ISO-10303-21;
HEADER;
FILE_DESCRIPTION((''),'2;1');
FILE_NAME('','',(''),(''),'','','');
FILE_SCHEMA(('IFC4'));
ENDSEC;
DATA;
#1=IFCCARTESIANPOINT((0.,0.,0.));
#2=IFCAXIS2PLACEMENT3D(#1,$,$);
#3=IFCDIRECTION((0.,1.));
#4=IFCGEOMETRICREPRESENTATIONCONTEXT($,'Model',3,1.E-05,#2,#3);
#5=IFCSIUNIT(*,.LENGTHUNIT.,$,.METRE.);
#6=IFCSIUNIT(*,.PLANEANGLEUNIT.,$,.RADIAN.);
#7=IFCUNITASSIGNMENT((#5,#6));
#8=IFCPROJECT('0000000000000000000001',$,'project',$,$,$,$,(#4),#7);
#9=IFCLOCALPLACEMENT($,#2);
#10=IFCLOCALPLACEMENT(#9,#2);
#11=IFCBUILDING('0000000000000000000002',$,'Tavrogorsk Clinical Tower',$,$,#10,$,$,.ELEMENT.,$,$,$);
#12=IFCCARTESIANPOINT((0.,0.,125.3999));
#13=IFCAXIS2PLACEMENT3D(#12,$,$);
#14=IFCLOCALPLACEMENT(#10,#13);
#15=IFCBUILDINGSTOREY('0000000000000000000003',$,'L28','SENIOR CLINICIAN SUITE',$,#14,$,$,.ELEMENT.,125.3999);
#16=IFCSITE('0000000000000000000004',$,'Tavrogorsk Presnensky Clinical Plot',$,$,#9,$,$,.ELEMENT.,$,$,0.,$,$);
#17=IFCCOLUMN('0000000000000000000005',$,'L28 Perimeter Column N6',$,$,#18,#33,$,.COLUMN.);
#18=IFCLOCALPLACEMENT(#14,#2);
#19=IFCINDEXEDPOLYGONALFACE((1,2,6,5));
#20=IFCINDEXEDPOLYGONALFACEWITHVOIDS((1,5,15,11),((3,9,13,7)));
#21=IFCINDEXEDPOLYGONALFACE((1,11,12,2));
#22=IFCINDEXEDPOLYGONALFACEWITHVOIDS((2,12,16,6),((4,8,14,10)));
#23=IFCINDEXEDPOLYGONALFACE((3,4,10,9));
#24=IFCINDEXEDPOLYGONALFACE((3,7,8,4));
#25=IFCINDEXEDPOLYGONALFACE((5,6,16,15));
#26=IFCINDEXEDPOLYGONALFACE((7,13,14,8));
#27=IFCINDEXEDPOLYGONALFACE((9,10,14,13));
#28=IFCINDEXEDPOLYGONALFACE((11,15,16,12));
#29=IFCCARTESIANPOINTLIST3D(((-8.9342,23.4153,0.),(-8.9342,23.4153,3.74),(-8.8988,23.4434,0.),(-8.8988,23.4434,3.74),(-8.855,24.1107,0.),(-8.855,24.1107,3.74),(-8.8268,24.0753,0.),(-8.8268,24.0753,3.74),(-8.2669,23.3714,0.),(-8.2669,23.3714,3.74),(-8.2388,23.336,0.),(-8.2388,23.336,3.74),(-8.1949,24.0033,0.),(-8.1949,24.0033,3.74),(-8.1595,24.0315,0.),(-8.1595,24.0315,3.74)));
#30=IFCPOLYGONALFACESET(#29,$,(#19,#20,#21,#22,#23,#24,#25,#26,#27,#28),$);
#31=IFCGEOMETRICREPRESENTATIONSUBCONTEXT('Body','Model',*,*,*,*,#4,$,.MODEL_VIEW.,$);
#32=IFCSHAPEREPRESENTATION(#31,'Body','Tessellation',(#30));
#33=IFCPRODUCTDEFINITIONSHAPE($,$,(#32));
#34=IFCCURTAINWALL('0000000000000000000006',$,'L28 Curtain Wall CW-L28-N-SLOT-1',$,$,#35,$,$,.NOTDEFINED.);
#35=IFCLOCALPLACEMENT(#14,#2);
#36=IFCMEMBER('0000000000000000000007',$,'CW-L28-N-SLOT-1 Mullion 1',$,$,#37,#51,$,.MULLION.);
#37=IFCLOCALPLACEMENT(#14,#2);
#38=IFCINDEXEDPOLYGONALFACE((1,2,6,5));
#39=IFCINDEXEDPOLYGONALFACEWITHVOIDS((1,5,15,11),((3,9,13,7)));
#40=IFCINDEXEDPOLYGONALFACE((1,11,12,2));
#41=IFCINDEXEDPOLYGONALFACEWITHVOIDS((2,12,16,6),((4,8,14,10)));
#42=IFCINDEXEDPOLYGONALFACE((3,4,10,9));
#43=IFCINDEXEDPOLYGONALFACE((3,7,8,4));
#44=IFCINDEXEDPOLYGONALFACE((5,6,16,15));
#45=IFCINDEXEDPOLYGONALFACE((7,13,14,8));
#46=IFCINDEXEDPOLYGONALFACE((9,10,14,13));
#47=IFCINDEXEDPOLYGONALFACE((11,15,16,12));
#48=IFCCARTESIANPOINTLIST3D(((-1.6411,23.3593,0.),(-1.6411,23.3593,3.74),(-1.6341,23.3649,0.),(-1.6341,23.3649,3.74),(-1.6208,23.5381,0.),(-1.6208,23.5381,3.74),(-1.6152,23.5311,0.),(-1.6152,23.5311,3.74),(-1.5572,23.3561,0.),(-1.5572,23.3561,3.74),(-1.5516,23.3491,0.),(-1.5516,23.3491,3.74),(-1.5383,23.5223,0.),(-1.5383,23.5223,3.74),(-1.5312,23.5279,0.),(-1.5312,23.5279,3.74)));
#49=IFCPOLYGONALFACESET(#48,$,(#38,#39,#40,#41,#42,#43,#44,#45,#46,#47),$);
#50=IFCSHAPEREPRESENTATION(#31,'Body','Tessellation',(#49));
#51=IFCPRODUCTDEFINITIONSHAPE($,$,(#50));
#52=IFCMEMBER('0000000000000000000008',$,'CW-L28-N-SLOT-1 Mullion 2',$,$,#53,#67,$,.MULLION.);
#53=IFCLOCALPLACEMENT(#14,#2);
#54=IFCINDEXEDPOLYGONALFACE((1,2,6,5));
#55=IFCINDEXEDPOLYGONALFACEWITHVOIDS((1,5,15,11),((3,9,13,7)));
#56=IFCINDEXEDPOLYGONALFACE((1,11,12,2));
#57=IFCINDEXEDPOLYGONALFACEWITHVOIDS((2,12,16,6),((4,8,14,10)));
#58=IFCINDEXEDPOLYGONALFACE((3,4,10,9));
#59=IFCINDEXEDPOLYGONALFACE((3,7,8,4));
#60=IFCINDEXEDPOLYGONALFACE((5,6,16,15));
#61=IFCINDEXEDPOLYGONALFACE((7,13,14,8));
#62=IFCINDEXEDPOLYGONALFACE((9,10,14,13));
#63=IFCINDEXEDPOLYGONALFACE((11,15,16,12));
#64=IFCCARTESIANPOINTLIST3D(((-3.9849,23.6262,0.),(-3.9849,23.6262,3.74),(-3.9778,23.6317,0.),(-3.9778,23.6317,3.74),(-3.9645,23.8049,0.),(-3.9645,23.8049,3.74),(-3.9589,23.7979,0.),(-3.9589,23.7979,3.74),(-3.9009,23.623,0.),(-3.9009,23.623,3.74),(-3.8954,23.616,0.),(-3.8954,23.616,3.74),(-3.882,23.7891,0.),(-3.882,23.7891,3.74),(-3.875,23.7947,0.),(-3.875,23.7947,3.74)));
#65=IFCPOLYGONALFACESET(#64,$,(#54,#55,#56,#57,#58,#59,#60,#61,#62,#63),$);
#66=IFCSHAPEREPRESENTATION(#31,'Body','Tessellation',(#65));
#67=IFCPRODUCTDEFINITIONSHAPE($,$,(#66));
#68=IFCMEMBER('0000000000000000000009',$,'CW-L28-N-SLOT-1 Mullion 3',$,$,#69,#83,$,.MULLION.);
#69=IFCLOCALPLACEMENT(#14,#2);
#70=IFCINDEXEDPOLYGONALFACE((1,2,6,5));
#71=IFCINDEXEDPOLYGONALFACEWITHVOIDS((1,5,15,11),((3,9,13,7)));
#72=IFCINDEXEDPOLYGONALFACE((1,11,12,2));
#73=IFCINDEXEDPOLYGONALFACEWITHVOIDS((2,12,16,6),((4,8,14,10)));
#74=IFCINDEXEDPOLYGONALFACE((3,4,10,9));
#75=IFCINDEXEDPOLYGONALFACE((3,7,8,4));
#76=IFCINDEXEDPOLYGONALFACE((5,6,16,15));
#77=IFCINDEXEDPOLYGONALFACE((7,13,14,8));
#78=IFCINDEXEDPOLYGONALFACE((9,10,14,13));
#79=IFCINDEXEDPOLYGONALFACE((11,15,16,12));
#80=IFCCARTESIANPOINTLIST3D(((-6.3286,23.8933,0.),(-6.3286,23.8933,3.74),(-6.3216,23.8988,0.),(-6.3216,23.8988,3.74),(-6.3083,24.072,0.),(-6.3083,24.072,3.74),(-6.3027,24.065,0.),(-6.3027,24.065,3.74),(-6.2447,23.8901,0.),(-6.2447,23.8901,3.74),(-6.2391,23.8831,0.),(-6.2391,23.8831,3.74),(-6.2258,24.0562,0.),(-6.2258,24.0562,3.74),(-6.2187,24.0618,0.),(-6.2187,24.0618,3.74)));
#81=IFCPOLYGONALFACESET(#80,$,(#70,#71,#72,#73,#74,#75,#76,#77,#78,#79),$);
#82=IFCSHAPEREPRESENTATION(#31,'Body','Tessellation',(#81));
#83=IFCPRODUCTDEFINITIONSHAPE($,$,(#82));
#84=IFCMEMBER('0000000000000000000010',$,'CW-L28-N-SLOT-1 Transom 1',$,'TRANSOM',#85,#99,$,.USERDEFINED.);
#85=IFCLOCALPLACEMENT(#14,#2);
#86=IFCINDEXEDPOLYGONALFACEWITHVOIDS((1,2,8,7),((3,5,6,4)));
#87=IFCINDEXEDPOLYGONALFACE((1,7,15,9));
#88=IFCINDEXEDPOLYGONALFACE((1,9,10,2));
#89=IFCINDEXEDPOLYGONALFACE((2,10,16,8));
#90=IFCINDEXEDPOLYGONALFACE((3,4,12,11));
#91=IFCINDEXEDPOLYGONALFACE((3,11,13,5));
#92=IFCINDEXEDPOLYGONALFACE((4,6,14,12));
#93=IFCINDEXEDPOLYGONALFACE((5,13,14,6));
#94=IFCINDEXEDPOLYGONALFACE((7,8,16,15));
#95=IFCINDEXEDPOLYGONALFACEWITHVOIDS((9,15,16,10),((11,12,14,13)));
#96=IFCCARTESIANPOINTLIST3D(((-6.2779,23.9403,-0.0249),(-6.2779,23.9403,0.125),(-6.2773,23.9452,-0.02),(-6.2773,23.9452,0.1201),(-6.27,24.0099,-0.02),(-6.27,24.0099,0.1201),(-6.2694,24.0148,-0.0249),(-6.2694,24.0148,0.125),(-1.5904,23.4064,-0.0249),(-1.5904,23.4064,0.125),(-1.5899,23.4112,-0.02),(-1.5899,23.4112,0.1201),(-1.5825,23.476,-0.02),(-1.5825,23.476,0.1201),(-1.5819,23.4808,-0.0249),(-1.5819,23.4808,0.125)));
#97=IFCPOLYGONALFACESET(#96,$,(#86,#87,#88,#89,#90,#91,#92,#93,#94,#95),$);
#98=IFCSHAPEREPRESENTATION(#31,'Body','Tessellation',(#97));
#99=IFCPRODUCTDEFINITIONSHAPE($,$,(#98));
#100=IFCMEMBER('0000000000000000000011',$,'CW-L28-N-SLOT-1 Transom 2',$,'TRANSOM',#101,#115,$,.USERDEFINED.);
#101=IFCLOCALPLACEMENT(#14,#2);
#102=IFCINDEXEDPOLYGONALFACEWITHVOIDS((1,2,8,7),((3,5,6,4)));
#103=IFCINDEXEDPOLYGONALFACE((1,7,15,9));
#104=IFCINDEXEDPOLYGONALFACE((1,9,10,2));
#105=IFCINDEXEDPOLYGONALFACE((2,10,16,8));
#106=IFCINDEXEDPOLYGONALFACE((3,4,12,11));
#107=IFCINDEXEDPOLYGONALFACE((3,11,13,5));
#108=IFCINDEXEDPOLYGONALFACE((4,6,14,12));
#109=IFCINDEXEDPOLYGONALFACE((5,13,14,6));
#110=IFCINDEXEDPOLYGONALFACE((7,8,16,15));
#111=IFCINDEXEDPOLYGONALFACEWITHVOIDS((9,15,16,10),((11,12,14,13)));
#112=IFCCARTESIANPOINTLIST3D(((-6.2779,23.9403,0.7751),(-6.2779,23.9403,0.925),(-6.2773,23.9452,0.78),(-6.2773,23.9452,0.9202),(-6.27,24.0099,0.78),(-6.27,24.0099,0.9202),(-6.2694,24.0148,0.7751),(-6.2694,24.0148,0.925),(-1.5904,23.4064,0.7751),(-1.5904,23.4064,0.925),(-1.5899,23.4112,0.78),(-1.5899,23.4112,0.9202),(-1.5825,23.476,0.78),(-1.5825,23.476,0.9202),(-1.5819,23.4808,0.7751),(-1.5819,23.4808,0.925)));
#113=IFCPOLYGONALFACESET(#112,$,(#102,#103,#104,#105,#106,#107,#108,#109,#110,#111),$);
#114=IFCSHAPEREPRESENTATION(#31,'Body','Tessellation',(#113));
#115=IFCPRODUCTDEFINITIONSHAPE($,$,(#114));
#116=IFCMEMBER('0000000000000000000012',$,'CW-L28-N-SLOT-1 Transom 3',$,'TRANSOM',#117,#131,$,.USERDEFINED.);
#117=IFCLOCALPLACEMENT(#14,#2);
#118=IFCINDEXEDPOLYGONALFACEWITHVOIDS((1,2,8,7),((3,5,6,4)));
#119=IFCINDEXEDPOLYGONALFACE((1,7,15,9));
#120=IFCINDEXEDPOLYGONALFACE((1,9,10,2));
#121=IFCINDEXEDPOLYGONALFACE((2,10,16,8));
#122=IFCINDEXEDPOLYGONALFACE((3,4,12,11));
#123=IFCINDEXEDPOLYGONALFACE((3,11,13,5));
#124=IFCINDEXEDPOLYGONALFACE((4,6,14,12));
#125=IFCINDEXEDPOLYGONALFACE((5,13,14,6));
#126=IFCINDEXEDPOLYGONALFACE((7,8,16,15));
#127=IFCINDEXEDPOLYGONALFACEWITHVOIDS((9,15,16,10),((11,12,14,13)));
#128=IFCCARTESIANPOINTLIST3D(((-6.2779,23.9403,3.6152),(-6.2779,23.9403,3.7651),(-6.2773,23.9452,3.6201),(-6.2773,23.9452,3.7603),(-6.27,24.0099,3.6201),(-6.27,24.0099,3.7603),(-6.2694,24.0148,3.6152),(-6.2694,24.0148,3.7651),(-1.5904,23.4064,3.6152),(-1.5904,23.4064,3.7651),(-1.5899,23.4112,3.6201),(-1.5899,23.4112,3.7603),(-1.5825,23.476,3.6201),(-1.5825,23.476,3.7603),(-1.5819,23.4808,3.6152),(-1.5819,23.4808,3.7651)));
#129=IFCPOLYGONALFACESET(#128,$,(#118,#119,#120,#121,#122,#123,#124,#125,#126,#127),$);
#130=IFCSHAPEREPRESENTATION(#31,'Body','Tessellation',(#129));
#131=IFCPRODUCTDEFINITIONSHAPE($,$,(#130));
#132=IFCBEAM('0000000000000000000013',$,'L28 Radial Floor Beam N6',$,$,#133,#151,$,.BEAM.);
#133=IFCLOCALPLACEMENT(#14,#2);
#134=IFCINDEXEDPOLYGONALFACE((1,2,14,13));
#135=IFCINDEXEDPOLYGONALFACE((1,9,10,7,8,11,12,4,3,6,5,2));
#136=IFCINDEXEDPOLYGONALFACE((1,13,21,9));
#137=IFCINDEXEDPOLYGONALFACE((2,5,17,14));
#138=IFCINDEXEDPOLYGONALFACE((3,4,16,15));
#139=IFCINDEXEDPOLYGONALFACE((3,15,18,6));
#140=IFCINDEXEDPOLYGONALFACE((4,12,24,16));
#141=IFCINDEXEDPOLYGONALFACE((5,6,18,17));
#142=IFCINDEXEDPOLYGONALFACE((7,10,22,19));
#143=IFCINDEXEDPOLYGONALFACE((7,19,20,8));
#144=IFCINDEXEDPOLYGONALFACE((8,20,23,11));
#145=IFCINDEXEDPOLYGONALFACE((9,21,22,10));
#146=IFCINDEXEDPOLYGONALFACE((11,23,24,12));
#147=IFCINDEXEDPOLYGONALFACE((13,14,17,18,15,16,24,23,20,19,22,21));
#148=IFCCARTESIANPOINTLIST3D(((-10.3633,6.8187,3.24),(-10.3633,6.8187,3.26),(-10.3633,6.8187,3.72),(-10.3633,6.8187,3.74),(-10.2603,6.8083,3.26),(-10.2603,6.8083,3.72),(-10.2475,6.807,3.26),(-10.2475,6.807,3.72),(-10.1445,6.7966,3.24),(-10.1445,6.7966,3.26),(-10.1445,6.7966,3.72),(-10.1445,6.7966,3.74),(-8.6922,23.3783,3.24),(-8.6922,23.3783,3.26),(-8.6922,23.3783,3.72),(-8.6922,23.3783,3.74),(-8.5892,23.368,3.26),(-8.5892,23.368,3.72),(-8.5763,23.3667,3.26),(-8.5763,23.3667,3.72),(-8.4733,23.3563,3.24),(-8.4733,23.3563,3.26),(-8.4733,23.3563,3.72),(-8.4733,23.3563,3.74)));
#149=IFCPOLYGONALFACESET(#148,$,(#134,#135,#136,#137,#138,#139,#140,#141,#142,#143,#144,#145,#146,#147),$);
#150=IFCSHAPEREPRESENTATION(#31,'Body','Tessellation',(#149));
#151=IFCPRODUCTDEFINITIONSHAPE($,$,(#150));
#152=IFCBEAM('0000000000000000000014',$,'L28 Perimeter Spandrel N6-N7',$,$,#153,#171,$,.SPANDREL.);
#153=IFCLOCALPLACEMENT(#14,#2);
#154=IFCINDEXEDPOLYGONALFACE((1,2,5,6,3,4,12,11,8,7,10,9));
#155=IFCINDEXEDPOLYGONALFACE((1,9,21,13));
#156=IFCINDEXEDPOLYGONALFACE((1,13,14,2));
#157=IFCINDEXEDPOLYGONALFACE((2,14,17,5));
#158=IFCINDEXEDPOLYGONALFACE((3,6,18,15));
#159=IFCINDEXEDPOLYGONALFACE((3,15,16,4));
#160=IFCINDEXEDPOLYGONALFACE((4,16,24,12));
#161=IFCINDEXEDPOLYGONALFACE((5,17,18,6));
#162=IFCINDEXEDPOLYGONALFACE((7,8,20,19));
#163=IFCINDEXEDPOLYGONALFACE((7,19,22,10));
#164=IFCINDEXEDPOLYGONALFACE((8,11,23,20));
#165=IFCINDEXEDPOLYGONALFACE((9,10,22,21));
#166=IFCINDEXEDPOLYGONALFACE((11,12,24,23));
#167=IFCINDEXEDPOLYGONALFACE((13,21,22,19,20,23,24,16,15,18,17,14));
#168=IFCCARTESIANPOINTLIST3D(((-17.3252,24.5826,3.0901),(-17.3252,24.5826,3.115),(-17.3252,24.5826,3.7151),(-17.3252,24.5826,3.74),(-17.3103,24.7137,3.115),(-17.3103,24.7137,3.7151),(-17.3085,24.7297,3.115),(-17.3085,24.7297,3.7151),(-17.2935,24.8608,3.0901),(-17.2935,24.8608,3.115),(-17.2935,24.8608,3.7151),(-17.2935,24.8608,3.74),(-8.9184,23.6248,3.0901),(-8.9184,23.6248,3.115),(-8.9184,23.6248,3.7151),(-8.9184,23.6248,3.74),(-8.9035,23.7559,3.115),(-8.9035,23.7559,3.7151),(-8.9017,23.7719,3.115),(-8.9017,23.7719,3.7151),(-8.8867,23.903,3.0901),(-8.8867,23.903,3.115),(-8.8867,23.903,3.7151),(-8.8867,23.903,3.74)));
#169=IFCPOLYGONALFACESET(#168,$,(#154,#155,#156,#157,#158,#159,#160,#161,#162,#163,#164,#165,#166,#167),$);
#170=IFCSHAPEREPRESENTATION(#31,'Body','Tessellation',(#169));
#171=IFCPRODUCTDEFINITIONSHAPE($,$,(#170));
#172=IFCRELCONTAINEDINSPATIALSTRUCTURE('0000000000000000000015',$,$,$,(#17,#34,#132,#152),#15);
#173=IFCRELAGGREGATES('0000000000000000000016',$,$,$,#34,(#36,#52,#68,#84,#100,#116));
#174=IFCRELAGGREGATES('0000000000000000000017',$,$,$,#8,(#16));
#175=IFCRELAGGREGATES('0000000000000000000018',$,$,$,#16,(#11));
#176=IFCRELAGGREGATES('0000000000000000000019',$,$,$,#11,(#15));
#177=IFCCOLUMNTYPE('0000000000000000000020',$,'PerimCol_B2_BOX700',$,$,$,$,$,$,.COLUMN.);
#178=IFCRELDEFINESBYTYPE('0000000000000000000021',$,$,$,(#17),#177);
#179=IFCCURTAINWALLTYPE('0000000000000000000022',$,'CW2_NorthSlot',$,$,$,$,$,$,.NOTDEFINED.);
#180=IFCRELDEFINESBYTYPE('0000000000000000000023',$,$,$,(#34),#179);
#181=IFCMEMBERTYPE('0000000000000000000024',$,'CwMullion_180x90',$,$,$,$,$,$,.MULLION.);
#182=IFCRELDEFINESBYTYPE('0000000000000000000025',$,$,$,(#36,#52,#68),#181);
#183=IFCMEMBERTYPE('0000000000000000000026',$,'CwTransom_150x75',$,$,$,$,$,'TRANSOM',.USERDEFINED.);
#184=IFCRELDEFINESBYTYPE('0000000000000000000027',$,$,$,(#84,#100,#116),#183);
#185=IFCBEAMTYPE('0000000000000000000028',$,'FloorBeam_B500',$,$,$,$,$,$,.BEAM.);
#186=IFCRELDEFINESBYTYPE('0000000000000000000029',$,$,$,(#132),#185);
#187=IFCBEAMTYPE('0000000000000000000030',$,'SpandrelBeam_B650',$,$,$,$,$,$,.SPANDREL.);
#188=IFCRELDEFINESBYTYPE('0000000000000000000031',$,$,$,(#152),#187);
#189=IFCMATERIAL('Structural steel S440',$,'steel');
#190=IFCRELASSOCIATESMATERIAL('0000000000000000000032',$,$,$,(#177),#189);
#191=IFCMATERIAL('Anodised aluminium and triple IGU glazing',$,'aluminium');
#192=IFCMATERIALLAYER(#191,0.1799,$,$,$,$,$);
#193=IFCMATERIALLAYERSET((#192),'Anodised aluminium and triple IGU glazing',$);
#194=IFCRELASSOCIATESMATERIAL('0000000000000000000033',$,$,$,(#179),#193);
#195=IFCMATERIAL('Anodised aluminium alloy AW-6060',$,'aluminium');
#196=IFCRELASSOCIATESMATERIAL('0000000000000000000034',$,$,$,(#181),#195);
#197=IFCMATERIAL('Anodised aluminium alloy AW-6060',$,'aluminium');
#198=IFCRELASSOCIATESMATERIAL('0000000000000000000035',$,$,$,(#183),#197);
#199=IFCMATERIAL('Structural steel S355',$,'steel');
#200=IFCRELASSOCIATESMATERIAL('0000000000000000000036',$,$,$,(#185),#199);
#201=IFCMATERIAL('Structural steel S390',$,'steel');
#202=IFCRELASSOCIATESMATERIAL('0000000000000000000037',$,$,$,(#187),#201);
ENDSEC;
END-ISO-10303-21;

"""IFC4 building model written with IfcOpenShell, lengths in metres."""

from ifc_helpers import new_model, si_unit, direction, frame, origin, origin_2d, place, context, subcontext, project, spatial, hollow_rectangle, i_section, extrude, material, layer, layer_set, material_profile, profile_set, type_object, element, aggregate, save


model = new_model("IFC4")

# Units and contexts
model_context = context("Model", 3, precision=1e-05, world=origin(), true_north=direction((0.0, 1.0)))
body_context = subcontext(model_context, "Body", "Model", "MODEL_VIEW")
ifc_project = project(units=[si_unit("LENGTHUNIT", "METRE"), si_unit("PLANEANGLEUNIT", "RADIAN")], contexts=[model_context])

# Site, building, storey
site_placement = place(None, origin())
site = spatial("IfcSite", under=ifc_project, at=site_placement, Name="Tavrogorsk Presnensky Clinical Plot", CompositionType="ELEMENT", RefElevation=0.0)
building_placement = place(site_placement, origin())
building = spatial("IfcBuilding", under=site, at=building_placement, Name="Tavrogorsk Clinical Tower", CompositionType="ELEMENT")
storey_placement = place(building_placement, frame((0.0, 0.0, 125.3999)))
storey = spatial("IfcBuildingStorey", under=building, at=storey_placement, Name="L28", Description="SENIOR CLINICIAN SUITE", CompositionType="ELEMENT", Elevation=125.3999)

# Column
ifc_material_1 = material(Name="Structural steel S440", Category="steel")
ifc_material_profile_1 = material_profile(ifc_material_1, hollow_rectangle(XDim=0.7, YDim=0.7, WallThickness=0.032, at=origin_2d()), Name="BOX-700x700x32")
ifc_profile_set_1 = profile_set([ifc_material_profile_1], Name="Structural steel S440")
column_type = type_object("IfcColumnType", Name="PerimCol_B2_BOX700", PredefinedType="COLUMN", material=ifc_profile_set_1)
column_placement = place(storey_placement, frame((-8.5469, 23.7234, 0.0), z_axis=(0.0, 0.0, 1.0), x_axis=(0.993572, -0.113203, 0.0)))
element("IfcColumn", 1, at=column_placement, inside=storey, type_object=column_type, Name="L28 Perimeter Column N6", PredefinedType="COLUMN", context=body_context, shape_type="SweptSolid", body=[
    extrude(hollow_rectangle(XDim=0.7, YDim=0.7, WallThickness=0.032, at=origin_2d()), origin(), (0.0, 0.0, 1.0), 3.74),
])

# Curtain wall, members
ifc_material_2 = material(Name="Anodised aluminium and triple IGU glazing", Category="aluminium")
ifc_layer_1 = layer(ifc_material_2, 0.1799)
ifc_layer_set_1 = layer_set([ifc_layer_1], Name="Anodised aluminium and triple IGU glazing")
curtain_wall_type = type_object("IfcCurtainWallType", Name="CW2_NorthSlot", PredefinedType="NOTDEFINED", material=ifc_layer_set_1)
curtain_wall_placement = place(storey_placement, origin())
curtain_wall = element("IfcCurtainWall", 2, at=curtain_wall_placement, inside=storey, type_object=curtain_wall_type, Name="L28 Curtain Wall CW-L28-N-SLOT-1", PredefinedType="NOTDEFINED")
ifc_material_3 = material(Name="Anodised aluminium alloy AW-6060", Category="aluminium")
ifc_material_profile_2 = material_profile(ifc_material_3, hollow_rectangle(XDim=0.0901, YDim=0.1799, WallThickness=0.0063, at=origin_2d()), Name="RHS-180x90x6.3")
ifc_profile_set_2 = profile_set([ifc_material_profile_2], Name="Anodised aluminium alloy AW-6060")
member_type_1 = type_object("IfcMemberType", Name="CwMullion_180x90", PredefinedType="MULLION", material=ifc_profile_set_2)
member_1_placement = place(storey_placement, frame((-1.5862, 23.4436, 0.0), z_axis=(0.0, 0.0, 1.0), x_axis=(-0.993572, 0.113203, 0.0)))
member_1 = element("IfcMember", 3, at=member_1_placement, type_object=member_type_1, Name="CW-L28-N-SLOT-1 Mullion 1", PredefinedType="MULLION", context=body_context, shape_type="SweptSolid", body=[
    extrude(hollow_rectangle(XDim=0.0901, YDim=0.1799, WallThickness=0.0063, at=origin_2d()), origin(), (0.0, 0.0, 1.0), 3.74),
])
member_2_placement = place(storey_placement, frame((-3.9299, 23.7104, 0.0), z_axis=(0.0, 0.0, 1.0), x_axis=(-0.993572, 0.113203, 0.0)))
member_2 = element("IfcMember", 4, at=member_2_placement, type_object=member_type_1, Name="CW-L28-N-SLOT-1 Mullion 2", PredefinedType="MULLION", context=body_context, shape_type="SweptSolid", body=[
    extrude(hollow_rectangle(XDim=0.0901, YDim=0.1799, WallThickness=0.0063, at=origin_2d()), origin(), (0.0, 0.0, 1.0), 3.74),
])
member_3_placement = place(storey_placement, frame((-6.2737, 23.9775, 0.0), z_axis=(0.0, 0.0, 1.0), x_axis=(-0.993572, 0.113203, 0.0)))
member_3 = element("IfcMember", 5, at=member_3_placement, type_object=member_type_1, Name="CW-L28-N-SLOT-1 Mullion 3", PredefinedType="MULLION", context=body_context, shape_type="SweptSolid", body=[
    extrude(hollow_rectangle(XDim=0.0901, YDim=0.1799, WallThickness=0.0063, at=origin_2d()), origin(), (0.0, 0.0, 1.0), 3.74),
])
ifc_material_4 = material(Name="Anodised aluminium alloy AW-6060", Category="aluminium")
ifc_material_profile_3 = material_profile(ifc_material_4, hollow_rectangle(XDim=0.075, YDim=0.1499, WallThickness=0.0049, at=origin_2d()), Name="RHS-150x75x5")
ifc_profile_set_3 = profile_set([ifc_material_profile_3], Name="Anodised aluminium alloy AW-6060")
member_type_2 = type_object("IfcMemberType", Name="CwTransom_150x75", ElementType="TRANSOM", PredefinedType="USERDEFINED", material=ifc_profile_set_3)
member_4_placement = place(storey_placement, frame((-1.5862, 23.4436, 0.05), z_axis=(-0.993575, 0.113174, 0.0), x_axis=(-0.113174, -0.993575, 0.0)))
member_4 = element("IfcMember", 6, at=member_4_placement, type_object=member_type_2, Name="CW-L28-N-SLOT-1 Transom 1", ObjectType="TRANSOM", PredefinedType="USERDEFINED", context=body_context, shape_type="SweptSolid", body=[
    extrude(hollow_rectangle(XDim=0.075, YDim=0.1499, WallThickness=0.0049, at=origin_2d()), origin(), (0.0, 0.0, 1.0), 4.7178),
])
member_5_placement = place(storey_placement, frame((-1.5862, 23.4436, 0.8501), z_axis=(-0.993575, 0.113174, 0.0), x_axis=(-0.113174, -0.993575, 0.0)))
member_5 = element("IfcMember", 7, at=member_5_placement, type_object=member_type_2, Name="CW-L28-N-SLOT-1 Transom 2", ObjectType="TRANSOM", PredefinedType="USERDEFINED", context=body_context, shape_type="SweptSolid", body=[
    extrude(hollow_rectangle(XDim=0.075, YDim=0.1499, WallThickness=0.0049, at=origin_2d()), origin(), (0.0, 0.0, 1.0), 4.7178),
])
member_6_placement = place(storey_placement, frame((-1.5862, 23.4436, 3.6902), z_axis=(-0.993575, 0.113174, 0.0), x_axis=(-0.113174, -0.993575, 0.0)))
member_6 = element("IfcMember", 8, at=member_6_placement, type_object=member_type_2, Name="CW-L28-N-SLOT-1 Transom 3", ObjectType="TRANSOM", PredefinedType="USERDEFINED", context=body_context, shape_type="SweptSolid", body=[
    extrude(hollow_rectangle(XDim=0.075, YDim=0.1499, WallThickness=0.0049, at=origin_2d()), origin(), (0.0, 0.0, 1.0), 4.7178),
])

# Beams
ifc_material_5 = material(Name="Structural steel S355", Category="steel")
ifc_material_profile_4 = material_profile(ifc_material_5, i_section(OverallWidth=0.22, OverallDepth=0.5, WebThickness=0.0129, FlangeThickness=0.02, at=origin_2d()), Name="B-500x220x13x20")
ifc_profile_set_4 = profile_set([ifc_material_profile_4], Name="Structural steel S355")
beam_type_1 = type_object("IfcBeamType", Name="FloorBeam_B500", PredefinedType="BEAM", material=ifc_profile_set_4)
beam_1_placement = place(storey_placement, frame((-10.2539, 6.8076, 3.49), z_axis=(0.100407, 0.994946, 0.0), x_axis=(-0.994946, 0.100407, 0.0)))
element("IfcBeam", 9, at=beam_1_placement, inside=storey, type_object=beam_type_1, Name="L28 Radial Floor Beam N6", PredefinedType="BEAM", context=body_context, shape_type="SweptSolid", body=[
    extrude(i_section(OverallWidth=0.22, OverallDepth=0.5, WebThickness=0.0129, FlangeThickness=0.02, at=origin_2d()), origin(), (0.0, 0.0, 1.0), 16.6438),
])
ifc_material_6 = material(Name="Structural steel S390", Category="steel")
ifc_material_profile_5 = material_profile(ifc_material_6, i_section(OverallWidth=0.28, OverallDepth=0.6499, WebThickness=0.0161, FlangeThickness=0.0249, at=origin_2d()), Name="B-650x280x16x25")
ifc_profile_set_5 = profile_set([ifc_material_profile_5], Name="Structural steel S390")
beam_type_2 = type_object("IfcBeamType", Name="SpandrelBeam_B650", PredefinedType="SPANDREL", material=ifc_profile_set_5)
beam_2_placement = place(storey_placement, frame((-8.9026, 23.7639, 3.415), z_axis=(-0.993573, 0.113196, 0.0), x_axis=(-0.113196, -0.993573, 0.0)))
element("IfcBeam", 10, at=beam_2_placement, inside=storey, type_object=beam_type_2, Name="L28 Perimeter Spandrel N6-N7", PredefinedType="SPANDREL", context=body_context, shape_type="SweptSolid", body=[
    extrude(i_section(OverallWidth=0.28, OverallDepth=0.6499, WebThickness=0.0161, FlangeThickness=0.0249, at=origin_2d()), origin(), (0.0, 0.0, 1.0), 8.4612),
])

aggregate(curtain_wall, [member_1, member_2, member_3, member_4, member_5, member_6])

save(model, "model.ifc")
